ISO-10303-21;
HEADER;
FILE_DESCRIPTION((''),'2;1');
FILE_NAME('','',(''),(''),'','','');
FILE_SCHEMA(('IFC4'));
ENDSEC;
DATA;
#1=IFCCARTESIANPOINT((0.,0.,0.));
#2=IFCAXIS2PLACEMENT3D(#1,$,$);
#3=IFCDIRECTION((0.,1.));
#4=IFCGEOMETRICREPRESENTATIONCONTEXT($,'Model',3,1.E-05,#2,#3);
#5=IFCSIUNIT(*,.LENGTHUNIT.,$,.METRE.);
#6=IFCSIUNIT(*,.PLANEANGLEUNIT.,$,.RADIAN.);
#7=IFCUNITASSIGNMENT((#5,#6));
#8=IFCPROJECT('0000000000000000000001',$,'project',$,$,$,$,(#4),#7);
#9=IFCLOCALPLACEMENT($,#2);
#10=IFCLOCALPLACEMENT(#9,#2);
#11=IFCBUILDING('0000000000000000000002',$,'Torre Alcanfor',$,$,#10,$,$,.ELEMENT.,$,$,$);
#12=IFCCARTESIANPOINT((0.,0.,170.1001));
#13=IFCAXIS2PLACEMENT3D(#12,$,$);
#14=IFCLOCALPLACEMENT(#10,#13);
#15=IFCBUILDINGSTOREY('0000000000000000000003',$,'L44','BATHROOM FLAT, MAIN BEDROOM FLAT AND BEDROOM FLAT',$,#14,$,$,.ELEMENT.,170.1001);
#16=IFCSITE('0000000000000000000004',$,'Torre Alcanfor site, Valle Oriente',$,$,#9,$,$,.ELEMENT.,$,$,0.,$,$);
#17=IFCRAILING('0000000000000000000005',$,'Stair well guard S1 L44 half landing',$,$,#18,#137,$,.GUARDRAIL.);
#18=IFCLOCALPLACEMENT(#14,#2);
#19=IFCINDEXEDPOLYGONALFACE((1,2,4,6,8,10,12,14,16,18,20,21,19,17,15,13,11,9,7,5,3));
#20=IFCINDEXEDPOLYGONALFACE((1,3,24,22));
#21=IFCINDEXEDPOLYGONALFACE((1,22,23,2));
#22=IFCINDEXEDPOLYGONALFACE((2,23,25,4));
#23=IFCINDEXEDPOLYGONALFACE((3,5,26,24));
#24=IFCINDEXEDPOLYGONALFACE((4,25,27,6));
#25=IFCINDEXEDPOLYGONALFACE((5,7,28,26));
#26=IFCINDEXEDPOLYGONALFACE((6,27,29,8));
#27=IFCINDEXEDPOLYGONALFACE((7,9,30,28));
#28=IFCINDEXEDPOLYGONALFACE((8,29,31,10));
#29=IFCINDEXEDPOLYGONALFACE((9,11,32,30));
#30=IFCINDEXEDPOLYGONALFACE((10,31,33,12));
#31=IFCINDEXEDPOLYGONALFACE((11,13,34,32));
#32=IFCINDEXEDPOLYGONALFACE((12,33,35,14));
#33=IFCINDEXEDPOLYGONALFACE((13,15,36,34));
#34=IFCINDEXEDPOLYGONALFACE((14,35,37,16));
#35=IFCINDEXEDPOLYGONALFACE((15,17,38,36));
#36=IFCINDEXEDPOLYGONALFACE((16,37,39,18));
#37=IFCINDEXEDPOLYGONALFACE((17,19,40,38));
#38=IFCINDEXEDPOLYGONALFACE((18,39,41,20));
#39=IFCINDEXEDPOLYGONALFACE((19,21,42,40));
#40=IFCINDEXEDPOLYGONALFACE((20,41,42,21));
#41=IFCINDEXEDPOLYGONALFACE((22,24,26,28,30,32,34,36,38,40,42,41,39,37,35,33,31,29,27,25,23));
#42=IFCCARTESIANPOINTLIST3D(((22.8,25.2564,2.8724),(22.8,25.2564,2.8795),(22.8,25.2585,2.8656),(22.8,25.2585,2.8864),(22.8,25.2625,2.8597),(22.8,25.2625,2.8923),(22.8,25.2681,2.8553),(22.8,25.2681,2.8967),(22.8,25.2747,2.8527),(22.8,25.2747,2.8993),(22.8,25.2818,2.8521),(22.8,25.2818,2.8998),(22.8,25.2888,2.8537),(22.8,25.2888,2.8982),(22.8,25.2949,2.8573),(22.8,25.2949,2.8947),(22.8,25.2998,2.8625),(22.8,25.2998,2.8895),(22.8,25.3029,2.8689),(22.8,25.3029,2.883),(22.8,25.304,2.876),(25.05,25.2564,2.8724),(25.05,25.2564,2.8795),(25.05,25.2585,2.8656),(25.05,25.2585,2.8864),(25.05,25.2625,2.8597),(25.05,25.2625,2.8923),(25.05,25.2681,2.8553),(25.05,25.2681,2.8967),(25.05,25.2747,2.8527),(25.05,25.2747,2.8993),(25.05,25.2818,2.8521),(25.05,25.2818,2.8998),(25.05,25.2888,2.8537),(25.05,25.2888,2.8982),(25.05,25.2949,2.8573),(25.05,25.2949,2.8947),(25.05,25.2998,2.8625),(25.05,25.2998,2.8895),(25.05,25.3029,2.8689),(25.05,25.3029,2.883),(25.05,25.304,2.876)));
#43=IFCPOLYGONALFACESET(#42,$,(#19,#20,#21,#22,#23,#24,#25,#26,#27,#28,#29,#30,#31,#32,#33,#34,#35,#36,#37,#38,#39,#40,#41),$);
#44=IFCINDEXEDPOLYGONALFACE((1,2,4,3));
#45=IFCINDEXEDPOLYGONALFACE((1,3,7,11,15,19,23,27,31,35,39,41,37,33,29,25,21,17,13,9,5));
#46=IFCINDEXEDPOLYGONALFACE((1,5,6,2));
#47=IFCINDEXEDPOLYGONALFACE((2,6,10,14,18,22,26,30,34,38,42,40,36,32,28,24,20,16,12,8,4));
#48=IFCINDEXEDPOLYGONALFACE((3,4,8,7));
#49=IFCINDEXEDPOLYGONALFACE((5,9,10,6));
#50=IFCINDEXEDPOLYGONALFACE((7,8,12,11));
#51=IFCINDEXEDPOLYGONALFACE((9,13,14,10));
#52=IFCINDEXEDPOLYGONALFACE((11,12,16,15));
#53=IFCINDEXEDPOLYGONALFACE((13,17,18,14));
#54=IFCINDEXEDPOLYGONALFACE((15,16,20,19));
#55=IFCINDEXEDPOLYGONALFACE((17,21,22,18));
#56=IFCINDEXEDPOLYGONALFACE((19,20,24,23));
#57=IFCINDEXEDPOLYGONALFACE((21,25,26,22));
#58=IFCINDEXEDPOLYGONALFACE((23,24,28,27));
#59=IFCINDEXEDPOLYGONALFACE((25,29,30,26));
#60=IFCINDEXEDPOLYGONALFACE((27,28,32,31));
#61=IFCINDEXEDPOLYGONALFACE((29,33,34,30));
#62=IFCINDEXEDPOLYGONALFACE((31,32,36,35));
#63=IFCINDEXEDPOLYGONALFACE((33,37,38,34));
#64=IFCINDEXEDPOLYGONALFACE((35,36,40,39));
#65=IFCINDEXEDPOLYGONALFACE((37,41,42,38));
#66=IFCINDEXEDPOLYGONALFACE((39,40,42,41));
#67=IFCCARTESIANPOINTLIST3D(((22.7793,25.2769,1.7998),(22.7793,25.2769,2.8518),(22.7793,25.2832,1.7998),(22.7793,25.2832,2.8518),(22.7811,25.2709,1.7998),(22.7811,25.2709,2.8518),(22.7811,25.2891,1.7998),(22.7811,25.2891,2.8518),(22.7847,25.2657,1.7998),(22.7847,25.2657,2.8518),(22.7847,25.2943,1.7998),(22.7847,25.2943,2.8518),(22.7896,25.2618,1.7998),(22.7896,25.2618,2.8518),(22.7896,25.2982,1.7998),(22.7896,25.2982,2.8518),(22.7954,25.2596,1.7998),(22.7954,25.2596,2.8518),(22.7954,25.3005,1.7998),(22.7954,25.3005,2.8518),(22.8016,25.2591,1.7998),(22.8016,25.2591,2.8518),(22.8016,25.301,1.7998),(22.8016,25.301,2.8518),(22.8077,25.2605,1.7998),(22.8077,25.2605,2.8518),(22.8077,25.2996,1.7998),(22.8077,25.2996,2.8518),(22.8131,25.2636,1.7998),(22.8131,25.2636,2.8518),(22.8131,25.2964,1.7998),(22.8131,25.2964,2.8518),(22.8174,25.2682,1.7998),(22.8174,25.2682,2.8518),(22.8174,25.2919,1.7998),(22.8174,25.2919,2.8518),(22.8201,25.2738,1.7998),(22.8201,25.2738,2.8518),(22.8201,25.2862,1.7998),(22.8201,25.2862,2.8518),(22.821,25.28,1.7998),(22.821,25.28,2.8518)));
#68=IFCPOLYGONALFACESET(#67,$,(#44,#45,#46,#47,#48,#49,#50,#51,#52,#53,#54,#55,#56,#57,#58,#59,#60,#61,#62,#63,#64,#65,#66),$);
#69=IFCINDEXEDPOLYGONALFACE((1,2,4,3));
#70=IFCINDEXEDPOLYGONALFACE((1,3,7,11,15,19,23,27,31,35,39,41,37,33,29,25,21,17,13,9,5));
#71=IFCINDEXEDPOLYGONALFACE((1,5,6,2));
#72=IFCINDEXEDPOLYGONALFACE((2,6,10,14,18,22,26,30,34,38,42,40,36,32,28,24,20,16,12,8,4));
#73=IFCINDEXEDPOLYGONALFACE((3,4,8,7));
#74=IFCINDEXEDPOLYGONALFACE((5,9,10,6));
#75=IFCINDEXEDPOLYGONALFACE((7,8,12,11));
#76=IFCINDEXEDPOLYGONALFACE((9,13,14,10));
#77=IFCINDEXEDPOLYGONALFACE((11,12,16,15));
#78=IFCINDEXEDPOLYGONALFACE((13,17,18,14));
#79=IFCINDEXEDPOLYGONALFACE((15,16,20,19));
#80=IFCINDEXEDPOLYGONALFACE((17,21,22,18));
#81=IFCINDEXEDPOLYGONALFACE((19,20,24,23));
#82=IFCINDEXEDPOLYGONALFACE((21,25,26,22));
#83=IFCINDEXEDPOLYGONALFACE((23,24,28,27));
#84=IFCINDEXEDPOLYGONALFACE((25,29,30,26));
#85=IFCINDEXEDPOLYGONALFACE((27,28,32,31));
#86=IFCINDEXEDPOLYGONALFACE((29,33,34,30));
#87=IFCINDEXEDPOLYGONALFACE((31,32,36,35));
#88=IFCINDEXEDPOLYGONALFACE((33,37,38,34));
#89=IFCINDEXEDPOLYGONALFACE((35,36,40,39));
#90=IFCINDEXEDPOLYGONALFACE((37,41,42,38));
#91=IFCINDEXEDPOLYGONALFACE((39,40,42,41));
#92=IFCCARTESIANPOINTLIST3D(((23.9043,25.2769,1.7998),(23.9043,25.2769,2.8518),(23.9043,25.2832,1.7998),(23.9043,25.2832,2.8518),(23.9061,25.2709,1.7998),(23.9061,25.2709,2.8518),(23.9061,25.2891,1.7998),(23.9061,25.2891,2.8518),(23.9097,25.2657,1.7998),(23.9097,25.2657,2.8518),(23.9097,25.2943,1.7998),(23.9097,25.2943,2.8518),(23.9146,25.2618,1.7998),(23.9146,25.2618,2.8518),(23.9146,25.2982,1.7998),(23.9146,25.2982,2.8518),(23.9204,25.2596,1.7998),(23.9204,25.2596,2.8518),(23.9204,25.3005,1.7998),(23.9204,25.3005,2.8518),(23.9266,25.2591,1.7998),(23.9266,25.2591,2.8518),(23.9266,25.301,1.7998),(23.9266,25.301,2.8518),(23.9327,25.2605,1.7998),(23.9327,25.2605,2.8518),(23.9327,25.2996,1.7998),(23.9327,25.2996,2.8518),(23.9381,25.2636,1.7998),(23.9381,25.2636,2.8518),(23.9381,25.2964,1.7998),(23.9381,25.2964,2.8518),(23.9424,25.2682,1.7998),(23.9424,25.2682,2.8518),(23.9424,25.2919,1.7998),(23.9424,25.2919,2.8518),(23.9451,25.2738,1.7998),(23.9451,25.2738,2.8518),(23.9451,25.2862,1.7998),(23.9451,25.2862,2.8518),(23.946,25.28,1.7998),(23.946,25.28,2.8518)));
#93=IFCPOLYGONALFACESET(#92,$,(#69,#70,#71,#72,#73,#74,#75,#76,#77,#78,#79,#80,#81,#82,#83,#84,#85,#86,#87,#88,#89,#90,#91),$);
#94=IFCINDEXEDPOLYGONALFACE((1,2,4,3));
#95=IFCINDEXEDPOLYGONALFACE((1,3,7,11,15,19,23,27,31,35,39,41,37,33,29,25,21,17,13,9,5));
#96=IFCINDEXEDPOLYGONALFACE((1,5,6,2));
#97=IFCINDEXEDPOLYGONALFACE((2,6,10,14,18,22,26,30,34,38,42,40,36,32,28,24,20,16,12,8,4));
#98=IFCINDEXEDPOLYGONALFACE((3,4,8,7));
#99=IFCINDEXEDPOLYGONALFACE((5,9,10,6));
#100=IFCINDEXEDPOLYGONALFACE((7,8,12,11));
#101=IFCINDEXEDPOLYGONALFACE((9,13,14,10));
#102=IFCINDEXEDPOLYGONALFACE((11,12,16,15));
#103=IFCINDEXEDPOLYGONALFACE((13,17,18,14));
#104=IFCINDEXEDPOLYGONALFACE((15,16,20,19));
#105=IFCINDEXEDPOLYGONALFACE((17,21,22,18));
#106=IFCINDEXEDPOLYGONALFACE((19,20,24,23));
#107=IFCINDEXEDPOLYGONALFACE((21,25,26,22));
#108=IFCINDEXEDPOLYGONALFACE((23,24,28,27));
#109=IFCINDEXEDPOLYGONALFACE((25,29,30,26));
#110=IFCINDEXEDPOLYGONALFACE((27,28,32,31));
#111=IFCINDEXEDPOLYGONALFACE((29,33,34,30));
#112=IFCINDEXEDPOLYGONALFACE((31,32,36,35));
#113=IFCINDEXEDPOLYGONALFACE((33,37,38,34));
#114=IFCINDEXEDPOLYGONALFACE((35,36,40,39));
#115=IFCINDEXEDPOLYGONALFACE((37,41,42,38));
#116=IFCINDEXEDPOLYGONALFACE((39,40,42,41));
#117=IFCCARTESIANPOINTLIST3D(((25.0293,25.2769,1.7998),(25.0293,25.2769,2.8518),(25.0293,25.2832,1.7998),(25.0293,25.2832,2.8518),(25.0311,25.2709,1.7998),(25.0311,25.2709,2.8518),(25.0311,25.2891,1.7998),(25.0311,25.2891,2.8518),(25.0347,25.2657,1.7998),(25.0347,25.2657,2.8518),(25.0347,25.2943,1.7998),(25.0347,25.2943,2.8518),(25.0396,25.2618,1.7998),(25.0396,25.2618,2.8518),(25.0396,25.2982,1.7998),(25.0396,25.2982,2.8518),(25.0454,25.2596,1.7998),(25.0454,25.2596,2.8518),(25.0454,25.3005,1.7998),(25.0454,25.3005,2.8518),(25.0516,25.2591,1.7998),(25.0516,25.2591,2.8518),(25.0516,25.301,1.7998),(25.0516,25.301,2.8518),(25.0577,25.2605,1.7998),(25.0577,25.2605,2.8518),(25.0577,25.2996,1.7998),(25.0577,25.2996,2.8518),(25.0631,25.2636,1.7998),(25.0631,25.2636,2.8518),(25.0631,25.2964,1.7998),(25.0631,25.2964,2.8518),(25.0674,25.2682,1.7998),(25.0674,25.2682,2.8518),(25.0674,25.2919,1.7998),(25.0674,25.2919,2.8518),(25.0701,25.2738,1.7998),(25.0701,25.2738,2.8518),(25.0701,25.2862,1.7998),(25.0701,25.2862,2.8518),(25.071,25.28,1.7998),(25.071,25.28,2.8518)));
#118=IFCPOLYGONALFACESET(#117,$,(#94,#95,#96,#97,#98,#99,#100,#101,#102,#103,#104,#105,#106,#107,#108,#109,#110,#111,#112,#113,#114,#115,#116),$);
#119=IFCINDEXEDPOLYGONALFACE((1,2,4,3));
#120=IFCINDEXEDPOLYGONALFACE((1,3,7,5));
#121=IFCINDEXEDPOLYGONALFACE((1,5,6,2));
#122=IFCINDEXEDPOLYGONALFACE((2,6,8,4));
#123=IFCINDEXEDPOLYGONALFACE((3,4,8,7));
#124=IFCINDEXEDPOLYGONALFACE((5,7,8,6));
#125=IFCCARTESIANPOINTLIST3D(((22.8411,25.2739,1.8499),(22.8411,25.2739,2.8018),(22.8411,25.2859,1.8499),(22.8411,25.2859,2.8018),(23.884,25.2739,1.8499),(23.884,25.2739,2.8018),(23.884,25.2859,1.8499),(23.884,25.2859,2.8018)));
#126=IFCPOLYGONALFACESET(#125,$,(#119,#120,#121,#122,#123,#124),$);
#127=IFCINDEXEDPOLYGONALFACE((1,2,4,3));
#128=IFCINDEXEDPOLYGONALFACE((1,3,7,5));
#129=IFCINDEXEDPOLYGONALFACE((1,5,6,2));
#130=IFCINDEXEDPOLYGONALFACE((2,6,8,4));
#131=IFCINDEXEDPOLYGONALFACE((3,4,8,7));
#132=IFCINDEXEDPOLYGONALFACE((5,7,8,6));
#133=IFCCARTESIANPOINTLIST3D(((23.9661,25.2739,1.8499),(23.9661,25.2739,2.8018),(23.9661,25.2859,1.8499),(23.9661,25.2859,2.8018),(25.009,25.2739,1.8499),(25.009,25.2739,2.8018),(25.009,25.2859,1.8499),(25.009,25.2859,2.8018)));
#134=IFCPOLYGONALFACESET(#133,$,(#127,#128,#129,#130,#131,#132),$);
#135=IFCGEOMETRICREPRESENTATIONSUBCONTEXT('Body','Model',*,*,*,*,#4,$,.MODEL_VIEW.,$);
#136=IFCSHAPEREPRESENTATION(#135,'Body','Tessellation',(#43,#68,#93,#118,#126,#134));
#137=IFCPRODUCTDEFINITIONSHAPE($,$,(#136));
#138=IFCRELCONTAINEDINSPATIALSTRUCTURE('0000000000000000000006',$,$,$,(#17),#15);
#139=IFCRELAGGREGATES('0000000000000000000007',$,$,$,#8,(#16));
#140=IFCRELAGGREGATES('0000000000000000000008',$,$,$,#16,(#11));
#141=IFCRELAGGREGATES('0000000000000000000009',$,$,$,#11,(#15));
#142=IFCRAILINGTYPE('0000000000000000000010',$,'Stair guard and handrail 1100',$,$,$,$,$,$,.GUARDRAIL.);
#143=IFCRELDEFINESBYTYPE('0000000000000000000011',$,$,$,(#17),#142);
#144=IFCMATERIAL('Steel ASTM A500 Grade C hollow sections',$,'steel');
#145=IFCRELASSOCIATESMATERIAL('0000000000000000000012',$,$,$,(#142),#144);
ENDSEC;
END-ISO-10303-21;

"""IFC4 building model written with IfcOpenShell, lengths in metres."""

from ifc_helpers import new_model, si_unit, direction, frame, origin, origin_2d, place, context, subcontext, project, spatial, polyline, circle, outline, extrude, material, type_object, element, save


model = new_model("IFC4")

# Units and contexts
model_context = context("Model", 3, precision=1e-05, world=origin(), true_north=direction((0.0, 1.0)))
body_context = subcontext(model_context, "Body", "Model", "MODEL_VIEW")
ifc_project = project(units=[si_unit("LENGTHUNIT", "METRE"), si_unit("PLANEANGLEUNIT", "RADIAN")], contexts=[model_context])

# Site, building, storey
site_placement = place(None, origin())
site = spatial("IfcSite", under=ifc_project, at=site_placement, Name="Torre Alcanfor site, Valle Oriente", CompositionType="ELEMENT", RefElevation=0.0)
building_placement = place(site_placement, origin())
building = spatial("IfcBuilding", under=site, at=building_placement, Name="Torre Alcanfor", CompositionType="ELEMENT")
storey_placement = place(building_placement, frame((0.0, 0.0, 170.1001)))
storey = spatial("IfcBuildingStorey", under=building, at=storey_placement, Name="L44", Description="BATHROOM FLAT, MAIN BEDROOM FLAT AND BEDROOM FLAT", CompositionType="ELEMENT", Elevation=170.1001)

# Railing
ifc_material_1 = material(Name="Steel ASTM A500 Grade C hollow sections", Category="steel")
railing_type_1 = type_object("IfcRailingType", Name="Stair guard and handrail 1100", PredefinedType="GUARDRAIL", material=ifc_material_1)
railing_1_placement = place(storey_placement, frame((22.8, 25.28, 1.7998)))
element("IfcRailing", 1, at=railing_1_placement, inside=storey, type_object=railing_type_1, Name="Stair well guard S1 L44 half landing", PredefinedType="GUARDRAIL", context=body_context, shape_type="SweptSolid", body=[
    extrude(circle(Radius=0.0239, at=origin_2d()), frame((0.0, 0.0, 1.0762), z_axis=(1.0, 0.0, 0.0), x_axis=(0.0, 1.0, 0.0)), (0.0, 0.0, 1.0), 2.25),
    extrude(circle(Radius=0.021, at=origin_2d()), origin(), (0.0, 0.0, 1.0), 1.052),
    extrude(circle(Radius=0.021, at=origin_2d()), frame((1.125, 0.0, 0.0)), (0.0, 0.0, 1.0), 1.052),
    extrude(circle(Radius=0.021, at=origin_2d()), frame((2.25, 0.0, 0.0)), (0.0, 0.0, 1.0), 1.052),
    extrude(outline(polyline([(0.041, 0.05), (1.084, 0.05), (1.084, 1.002), (0.041, 1.002), (0.041, 0.05)])), frame((0.0, 0.0059, 0.0), z_axis=(0.0, -1.0, 0.0), x_axis=(1.0, 0.0, 0.0)), (0.0, 0.0, 1.0), 0.012),
    extrude(outline(polyline([(1.166, 0.05), (2.209, 0.05), (2.209, 1.002), (1.166, 1.002), (1.166, 0.05)])), frame((0.0, 0.0059, 0.0), z_axis=(0.0, -1.0, 0.0), x_axis=(1.0, 0.0, 0.0)), (0.0, 0.0, 1.0), 0.012),
])

save(model, "model.ifc")
